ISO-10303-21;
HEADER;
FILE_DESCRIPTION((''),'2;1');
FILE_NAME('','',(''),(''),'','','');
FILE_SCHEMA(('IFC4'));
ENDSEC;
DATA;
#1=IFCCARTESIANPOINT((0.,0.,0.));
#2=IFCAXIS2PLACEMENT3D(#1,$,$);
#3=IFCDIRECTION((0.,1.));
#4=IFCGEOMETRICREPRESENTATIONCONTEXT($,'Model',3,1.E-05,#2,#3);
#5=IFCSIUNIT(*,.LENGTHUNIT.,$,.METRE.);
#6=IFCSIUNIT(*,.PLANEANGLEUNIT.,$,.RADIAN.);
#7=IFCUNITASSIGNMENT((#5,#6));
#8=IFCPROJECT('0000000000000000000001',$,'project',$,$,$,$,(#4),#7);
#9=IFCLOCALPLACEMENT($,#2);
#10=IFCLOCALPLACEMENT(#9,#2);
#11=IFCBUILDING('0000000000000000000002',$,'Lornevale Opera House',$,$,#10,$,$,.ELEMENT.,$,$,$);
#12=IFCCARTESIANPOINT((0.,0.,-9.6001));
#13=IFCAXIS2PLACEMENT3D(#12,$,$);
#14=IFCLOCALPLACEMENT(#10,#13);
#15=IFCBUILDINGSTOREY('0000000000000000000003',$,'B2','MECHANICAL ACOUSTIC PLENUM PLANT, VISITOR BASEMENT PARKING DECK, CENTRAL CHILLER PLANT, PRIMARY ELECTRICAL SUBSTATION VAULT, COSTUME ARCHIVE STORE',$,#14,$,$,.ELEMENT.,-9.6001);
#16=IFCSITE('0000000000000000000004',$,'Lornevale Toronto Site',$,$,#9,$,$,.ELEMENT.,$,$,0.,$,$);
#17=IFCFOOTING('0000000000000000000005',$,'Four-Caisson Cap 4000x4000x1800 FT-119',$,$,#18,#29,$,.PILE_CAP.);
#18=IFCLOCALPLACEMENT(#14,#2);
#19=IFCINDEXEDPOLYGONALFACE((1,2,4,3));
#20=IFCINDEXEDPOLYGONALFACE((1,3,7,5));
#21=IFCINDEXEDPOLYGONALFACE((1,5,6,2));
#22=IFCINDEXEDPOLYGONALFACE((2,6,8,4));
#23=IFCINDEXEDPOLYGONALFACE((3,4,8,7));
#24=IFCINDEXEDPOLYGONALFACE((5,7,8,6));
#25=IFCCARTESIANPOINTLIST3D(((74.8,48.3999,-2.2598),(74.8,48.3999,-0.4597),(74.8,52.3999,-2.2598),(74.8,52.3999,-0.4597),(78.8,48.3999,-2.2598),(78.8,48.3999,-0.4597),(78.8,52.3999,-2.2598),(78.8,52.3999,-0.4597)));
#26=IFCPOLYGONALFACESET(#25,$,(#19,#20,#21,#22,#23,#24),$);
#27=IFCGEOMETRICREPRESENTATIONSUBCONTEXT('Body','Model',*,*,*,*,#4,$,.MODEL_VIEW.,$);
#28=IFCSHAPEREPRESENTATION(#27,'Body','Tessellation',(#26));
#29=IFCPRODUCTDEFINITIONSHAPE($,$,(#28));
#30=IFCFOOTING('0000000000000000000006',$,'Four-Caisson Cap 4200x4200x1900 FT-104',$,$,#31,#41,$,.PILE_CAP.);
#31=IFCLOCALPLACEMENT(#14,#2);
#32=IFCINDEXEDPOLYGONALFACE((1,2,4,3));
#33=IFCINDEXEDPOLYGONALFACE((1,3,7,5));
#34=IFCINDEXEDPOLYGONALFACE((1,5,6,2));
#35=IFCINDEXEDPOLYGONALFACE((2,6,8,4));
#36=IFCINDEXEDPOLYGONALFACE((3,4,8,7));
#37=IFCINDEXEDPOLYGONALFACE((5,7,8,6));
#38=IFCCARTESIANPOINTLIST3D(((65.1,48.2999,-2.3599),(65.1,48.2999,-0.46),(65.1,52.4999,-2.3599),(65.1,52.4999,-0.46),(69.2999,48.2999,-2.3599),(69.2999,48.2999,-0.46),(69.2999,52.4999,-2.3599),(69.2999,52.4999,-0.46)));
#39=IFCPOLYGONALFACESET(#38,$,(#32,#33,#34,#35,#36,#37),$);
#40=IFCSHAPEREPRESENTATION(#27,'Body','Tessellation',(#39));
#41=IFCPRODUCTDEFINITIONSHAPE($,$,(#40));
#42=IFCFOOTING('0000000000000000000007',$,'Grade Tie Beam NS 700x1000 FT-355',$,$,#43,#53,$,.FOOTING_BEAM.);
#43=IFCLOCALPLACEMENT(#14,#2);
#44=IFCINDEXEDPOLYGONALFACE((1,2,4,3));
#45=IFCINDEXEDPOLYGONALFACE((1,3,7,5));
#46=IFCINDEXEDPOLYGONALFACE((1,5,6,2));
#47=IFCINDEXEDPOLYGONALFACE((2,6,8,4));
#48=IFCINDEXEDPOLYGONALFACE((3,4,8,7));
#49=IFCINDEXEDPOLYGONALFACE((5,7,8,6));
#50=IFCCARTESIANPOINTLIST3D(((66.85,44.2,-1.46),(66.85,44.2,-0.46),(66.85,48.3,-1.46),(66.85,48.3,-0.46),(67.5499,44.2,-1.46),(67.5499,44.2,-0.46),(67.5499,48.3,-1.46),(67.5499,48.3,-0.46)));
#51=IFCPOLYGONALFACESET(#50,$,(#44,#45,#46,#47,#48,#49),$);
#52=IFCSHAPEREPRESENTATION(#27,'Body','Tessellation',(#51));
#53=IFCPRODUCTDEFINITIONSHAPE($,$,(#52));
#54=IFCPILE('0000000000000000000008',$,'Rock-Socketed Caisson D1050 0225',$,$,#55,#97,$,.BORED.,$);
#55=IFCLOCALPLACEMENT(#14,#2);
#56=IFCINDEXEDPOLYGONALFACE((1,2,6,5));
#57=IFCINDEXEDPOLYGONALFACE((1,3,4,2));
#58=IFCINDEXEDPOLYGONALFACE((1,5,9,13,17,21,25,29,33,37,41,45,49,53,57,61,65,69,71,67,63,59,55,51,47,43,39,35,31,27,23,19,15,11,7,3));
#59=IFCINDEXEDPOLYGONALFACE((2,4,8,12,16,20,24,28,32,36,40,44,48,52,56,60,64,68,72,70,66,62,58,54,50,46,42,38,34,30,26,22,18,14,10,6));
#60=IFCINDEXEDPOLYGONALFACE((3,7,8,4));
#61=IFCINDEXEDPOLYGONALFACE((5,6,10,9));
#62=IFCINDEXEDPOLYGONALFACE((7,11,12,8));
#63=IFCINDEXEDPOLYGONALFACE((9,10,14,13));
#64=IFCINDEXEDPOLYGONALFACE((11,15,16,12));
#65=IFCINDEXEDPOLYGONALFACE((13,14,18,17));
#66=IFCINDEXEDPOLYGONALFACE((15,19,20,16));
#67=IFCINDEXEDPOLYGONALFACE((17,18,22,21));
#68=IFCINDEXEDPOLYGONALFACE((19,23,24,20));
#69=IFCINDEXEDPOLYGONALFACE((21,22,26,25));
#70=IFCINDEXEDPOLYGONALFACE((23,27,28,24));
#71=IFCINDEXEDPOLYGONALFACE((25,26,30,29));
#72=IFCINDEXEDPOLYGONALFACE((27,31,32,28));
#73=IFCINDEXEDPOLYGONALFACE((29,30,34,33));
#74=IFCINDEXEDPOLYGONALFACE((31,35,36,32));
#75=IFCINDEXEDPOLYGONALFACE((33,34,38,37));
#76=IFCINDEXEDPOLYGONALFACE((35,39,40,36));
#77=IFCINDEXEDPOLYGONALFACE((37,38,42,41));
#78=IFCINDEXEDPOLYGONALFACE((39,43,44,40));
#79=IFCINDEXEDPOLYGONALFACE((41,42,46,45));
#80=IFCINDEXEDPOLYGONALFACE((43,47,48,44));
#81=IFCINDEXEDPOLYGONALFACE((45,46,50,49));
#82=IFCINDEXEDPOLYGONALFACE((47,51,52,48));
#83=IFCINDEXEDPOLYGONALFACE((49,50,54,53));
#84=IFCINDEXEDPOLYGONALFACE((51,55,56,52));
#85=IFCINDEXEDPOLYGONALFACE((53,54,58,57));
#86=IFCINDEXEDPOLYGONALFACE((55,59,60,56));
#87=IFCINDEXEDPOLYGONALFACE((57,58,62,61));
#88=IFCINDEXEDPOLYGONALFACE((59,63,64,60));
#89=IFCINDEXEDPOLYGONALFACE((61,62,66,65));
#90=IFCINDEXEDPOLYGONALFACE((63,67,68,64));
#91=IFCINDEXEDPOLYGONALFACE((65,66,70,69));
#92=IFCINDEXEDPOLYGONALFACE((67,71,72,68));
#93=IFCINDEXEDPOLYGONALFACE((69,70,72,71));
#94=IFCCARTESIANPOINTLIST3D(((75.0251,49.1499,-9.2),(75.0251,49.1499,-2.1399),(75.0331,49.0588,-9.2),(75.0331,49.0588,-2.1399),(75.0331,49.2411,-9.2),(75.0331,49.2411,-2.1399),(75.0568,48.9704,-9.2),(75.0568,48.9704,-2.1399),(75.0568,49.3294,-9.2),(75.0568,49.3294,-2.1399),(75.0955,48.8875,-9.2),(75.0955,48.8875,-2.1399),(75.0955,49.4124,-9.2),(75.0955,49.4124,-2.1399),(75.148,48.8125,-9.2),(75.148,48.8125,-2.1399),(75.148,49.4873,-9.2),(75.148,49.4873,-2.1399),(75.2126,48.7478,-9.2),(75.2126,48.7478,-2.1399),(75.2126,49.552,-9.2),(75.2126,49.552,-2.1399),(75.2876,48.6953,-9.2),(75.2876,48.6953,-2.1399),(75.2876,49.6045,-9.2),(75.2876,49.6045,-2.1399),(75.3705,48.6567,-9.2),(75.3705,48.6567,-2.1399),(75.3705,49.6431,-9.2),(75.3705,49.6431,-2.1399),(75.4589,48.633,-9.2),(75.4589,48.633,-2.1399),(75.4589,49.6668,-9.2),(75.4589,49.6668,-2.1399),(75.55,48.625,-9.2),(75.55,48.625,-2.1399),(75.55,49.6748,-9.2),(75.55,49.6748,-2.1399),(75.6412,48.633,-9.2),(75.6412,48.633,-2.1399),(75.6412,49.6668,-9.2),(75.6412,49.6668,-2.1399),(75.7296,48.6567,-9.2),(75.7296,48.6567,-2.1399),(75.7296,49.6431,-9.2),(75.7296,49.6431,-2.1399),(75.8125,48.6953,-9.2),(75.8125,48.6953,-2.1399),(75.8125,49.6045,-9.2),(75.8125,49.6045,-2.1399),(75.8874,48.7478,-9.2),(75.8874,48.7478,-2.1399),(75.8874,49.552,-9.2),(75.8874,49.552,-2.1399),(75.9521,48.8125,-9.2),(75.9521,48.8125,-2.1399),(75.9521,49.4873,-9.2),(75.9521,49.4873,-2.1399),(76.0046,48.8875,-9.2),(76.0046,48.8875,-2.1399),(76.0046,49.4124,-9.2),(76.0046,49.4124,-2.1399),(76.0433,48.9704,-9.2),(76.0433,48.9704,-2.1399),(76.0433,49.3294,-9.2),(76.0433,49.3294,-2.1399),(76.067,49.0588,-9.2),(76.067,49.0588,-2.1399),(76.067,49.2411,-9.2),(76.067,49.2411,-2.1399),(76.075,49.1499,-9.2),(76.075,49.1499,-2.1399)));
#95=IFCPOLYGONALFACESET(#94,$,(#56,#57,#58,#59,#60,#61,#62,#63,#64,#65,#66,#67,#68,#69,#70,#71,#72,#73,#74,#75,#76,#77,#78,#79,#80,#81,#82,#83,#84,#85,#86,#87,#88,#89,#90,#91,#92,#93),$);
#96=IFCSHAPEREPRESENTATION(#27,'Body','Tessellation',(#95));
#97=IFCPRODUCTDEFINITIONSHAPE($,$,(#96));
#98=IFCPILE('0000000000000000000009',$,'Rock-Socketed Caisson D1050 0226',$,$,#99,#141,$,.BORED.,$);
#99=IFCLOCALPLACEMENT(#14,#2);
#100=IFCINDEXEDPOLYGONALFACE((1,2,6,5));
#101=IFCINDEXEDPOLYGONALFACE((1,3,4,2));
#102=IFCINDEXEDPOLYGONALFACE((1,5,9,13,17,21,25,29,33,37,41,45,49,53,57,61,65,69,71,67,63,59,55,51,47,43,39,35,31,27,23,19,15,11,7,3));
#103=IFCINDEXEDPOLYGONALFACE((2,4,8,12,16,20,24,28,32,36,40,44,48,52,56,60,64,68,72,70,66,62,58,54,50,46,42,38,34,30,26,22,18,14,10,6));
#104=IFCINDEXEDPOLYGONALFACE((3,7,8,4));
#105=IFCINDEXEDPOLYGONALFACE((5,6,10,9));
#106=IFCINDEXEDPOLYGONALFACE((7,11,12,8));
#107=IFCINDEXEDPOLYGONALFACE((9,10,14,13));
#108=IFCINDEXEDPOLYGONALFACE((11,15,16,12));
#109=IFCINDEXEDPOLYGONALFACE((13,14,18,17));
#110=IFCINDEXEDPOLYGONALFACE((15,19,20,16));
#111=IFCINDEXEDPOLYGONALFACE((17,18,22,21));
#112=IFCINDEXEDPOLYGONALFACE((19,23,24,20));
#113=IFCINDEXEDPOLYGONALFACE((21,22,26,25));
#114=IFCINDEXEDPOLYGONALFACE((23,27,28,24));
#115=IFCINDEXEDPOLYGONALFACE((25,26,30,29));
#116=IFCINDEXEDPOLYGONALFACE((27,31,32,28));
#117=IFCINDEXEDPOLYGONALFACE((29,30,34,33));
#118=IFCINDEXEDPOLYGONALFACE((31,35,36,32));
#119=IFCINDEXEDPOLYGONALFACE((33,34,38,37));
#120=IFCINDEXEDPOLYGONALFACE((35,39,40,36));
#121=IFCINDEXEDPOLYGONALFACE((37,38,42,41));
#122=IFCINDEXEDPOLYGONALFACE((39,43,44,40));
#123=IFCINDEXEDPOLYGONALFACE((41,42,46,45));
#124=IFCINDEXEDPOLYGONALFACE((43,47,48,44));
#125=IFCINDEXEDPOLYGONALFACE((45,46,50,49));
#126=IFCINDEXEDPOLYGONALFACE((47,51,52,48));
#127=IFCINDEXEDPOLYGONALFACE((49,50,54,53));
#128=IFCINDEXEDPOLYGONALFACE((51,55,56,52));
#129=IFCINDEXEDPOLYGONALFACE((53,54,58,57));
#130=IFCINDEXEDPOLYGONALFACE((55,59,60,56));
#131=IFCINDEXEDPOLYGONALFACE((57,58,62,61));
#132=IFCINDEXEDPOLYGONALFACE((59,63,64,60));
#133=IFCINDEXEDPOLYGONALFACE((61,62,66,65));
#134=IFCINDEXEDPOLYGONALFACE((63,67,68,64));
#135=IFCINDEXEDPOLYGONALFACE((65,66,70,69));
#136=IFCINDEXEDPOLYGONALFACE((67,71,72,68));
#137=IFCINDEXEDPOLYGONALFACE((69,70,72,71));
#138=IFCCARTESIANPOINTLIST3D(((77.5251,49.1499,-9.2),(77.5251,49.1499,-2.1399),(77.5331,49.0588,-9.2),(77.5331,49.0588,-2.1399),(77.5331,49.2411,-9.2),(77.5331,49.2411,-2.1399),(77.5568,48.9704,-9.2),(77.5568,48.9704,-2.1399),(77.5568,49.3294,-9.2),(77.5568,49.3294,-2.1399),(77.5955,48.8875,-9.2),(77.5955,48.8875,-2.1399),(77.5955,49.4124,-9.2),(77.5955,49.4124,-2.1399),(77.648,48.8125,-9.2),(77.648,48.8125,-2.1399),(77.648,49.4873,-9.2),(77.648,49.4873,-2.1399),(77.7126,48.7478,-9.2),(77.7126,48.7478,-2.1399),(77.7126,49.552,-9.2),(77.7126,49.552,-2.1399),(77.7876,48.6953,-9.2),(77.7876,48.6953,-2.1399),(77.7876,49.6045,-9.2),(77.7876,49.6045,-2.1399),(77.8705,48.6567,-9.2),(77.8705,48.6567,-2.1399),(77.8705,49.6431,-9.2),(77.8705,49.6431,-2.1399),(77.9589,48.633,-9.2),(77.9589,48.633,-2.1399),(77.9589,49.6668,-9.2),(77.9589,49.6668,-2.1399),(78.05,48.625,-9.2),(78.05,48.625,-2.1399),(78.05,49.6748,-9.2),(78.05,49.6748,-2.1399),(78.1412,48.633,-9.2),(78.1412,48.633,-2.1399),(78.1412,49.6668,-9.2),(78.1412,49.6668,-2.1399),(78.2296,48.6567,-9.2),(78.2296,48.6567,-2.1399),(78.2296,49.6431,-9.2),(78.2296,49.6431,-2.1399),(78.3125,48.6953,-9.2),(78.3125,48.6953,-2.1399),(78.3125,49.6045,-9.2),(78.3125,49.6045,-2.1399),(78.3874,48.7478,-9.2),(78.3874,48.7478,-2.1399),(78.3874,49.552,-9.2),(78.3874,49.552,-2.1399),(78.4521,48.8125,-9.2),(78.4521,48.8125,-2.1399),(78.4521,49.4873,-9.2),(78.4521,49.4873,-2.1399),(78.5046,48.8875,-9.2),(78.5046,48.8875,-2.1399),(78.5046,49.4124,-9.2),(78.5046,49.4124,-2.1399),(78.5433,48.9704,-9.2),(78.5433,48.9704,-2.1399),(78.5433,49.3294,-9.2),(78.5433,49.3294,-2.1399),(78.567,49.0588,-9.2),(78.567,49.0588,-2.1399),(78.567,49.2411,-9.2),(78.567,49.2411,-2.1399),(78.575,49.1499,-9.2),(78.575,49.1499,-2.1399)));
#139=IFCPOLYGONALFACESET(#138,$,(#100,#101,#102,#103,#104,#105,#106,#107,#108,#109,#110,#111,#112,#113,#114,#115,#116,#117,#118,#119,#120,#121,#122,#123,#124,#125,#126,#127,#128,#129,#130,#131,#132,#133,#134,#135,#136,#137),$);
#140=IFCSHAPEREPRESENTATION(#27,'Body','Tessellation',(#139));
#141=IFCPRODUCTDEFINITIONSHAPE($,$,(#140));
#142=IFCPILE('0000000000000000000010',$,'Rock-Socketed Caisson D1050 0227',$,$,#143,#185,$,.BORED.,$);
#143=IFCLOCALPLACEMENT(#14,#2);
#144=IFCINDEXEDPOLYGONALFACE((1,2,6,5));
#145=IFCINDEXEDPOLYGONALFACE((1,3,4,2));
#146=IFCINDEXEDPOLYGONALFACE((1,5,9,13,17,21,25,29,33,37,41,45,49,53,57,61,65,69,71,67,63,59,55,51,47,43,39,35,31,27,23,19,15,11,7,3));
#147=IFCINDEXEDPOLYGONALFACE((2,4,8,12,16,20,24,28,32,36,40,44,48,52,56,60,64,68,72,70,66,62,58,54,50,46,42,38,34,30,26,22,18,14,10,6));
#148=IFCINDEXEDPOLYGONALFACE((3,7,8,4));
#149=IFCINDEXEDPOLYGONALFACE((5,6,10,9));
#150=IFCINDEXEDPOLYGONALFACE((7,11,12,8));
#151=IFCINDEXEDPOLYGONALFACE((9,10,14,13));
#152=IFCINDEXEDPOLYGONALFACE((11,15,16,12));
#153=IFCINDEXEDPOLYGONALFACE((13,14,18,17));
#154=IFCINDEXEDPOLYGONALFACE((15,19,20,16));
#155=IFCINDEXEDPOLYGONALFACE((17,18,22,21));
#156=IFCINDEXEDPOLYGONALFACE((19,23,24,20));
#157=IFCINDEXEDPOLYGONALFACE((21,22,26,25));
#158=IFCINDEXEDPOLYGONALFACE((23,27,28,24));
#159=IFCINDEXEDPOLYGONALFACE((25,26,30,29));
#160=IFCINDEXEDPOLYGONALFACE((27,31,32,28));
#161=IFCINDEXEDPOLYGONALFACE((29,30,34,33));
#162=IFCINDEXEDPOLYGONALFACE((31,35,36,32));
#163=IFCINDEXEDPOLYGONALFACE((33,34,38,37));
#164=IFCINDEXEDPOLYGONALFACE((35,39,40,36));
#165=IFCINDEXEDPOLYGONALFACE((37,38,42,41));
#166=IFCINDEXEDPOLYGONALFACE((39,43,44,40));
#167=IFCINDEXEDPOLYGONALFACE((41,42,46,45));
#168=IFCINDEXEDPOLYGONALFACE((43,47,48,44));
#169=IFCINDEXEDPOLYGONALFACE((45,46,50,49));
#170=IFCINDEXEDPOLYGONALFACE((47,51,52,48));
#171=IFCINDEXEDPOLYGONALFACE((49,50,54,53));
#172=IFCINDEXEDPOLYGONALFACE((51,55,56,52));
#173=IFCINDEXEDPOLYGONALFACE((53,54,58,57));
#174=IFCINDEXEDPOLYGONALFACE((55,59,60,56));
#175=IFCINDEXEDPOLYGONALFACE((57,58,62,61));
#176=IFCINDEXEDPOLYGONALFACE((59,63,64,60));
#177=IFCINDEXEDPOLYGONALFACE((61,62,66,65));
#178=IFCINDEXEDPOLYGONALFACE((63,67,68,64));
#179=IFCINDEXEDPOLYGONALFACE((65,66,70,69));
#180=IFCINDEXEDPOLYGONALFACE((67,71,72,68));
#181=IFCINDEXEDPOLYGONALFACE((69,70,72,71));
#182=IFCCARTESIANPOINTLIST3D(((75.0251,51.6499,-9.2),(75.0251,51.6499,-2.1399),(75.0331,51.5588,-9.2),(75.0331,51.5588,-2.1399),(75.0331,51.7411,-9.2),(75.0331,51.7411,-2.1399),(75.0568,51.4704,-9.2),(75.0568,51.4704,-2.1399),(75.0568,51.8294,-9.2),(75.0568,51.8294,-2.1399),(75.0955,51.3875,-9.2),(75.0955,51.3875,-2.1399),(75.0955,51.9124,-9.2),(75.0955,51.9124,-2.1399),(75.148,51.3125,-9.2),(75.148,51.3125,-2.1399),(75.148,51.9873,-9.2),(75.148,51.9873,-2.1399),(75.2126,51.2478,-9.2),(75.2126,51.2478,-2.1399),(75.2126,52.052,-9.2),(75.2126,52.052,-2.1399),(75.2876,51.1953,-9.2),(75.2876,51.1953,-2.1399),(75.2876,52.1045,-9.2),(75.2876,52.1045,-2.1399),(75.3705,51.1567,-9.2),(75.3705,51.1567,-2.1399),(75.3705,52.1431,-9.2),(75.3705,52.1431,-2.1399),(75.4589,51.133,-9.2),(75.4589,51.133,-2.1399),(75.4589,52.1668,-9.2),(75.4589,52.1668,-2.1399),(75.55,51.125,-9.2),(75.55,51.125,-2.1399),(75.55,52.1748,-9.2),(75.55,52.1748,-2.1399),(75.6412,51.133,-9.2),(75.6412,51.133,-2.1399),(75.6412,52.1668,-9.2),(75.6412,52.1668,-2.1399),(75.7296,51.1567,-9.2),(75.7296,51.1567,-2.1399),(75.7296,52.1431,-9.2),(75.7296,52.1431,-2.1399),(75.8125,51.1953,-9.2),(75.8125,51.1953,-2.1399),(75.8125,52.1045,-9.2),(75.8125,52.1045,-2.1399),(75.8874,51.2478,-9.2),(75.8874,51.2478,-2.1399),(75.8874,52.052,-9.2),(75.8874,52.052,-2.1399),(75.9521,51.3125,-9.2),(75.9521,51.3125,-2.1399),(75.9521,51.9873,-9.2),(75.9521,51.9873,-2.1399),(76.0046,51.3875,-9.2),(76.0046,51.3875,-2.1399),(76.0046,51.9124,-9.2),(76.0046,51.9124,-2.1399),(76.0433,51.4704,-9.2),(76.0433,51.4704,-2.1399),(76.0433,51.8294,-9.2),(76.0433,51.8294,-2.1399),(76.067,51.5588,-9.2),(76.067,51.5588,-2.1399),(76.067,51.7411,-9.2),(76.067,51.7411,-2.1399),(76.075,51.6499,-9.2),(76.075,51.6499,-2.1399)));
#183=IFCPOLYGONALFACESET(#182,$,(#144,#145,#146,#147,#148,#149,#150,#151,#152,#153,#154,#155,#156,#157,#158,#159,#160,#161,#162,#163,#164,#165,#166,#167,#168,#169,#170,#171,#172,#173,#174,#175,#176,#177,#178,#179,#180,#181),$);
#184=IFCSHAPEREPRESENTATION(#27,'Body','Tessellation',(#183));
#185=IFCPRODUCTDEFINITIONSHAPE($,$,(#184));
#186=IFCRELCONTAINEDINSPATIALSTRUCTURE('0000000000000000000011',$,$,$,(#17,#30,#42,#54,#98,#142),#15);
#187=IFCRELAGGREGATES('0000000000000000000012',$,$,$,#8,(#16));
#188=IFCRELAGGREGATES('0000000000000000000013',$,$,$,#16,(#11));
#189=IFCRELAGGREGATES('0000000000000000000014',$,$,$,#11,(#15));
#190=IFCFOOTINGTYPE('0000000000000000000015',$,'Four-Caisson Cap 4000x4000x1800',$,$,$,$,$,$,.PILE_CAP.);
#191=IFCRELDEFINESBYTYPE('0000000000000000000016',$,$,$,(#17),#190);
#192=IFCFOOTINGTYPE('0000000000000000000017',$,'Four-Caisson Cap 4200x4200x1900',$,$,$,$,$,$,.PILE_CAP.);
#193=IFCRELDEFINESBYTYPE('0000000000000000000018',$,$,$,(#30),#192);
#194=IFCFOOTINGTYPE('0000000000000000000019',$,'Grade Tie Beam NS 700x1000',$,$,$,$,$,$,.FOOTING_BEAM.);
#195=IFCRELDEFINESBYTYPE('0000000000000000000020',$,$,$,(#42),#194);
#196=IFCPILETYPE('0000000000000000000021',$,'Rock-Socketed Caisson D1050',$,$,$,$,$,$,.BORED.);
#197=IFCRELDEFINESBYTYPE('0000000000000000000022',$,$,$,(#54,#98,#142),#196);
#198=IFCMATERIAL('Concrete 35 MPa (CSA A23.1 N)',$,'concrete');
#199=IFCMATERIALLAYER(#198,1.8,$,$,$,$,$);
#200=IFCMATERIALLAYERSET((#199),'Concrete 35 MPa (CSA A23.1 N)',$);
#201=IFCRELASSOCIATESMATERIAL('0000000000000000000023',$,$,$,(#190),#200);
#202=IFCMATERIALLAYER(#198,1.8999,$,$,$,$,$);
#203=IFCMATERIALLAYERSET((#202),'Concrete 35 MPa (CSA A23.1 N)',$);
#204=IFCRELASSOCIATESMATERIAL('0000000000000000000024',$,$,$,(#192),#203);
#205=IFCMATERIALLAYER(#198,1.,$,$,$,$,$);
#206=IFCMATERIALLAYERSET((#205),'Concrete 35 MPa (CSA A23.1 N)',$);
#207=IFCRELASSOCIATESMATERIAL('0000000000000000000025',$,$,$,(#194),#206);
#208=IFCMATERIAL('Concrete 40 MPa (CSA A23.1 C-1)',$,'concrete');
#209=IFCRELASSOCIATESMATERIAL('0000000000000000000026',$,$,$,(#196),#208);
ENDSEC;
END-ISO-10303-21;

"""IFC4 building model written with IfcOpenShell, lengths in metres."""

from ifc_helpers import new_model, si_unit, direction, frame, origin, origin_2d, place, context, subcontext, project, spatial, rectangle, circle, extrude, material, layer, layer_set, material_profile, profile_set, type_object, element, save


model = new_model("IFC4")

# Units and contexts
model_context = context("Model", 3, precision=1e-05, world=origin(), true_north=direction((0.0, 1.0)))
body_context = subcontext(model_context, "Body", "Model", "MODEL_VIEW")
ifc_project = project(units=[si_unit("LENGTHUNIT", "METRE"), si_unit("PLANEANGLEUNIT", "RADIAN")], contexts=[model_context])

# Site, building, storey
site_placement = place(None, origin())
site = spatial("IfcSite", under=ifc_project, at=site_placement, Name="Lornevale Toronto Site", CompositionType="ELEMENT", RefElevation=0.0)
building_placement = place(site_placement, origin())
building = spatial("IfcBuilding", under=site, at=building_placement, Name="Lornevale Opera House", CompositionType="ELEMENT")
storey_placement = place(building_placement, frame((0.0, 0.0, -9.6001)))
storey = spatial("IfcBuildingStorey", under=building, at=storey_placement, Name="B2", Description="MECHANICAL ACOUSTIC PLENUM PLANT, VISITOR BASEMENT PARKING DECK, CENTRAL CHILLER PLANT, PRIMARY ELECTRICAL SUBSTATION VAULT, COSTUME ARCHIVE STORE", CompositionType="ELEMENT", Elevation=-9.6001)

# Footings
ifc_material_1 = material(Name="Concrete 35 MPa (CSA A23.1 N)", Category="concrete")
ifc_layer_1 = layer(ifc_material_1, 1.8)
ifc_layer_set_1 = layer_set([ifc_layer_1], Name="Concrete 35 MPa (CSA A23.1 N)")
footing_type_1 = type_object("IfcFootingType", Name="Four-Caisson Cap 4000x4000x1800", PredefinedType="PILE_CAP", material=ifc_layer_set_1)
footing_1_placement = place(storey_placement, frame((76.8, 50.3999, -2.2598), z_axis=(0.0, 0.0, 1.0), x_axis=(1.0, 0.0, 0.0)))
element("IfcFooting", 1, at=footing_1_placement, inside=storey, type_object=footing_type_1, Name="Four-Caisson Cap 4000x4000x1800 FT-119", PredefinedType="PILE_CAP", context=body_context, shape_type="SweptSolid", body=[
    extrude(rectangle(XDim=4.0, YDim=4.0, at=origin_2d()), origin(), (0.0, 0.0, 1.0), 1.8),
])
ifc_layer_2 = layer(ifc_material_1, 1.8999)
ifc_layer_set_2 = layer_set([ifc_layer_2], Name="Concrete 35 MPa (CSA A23.1 N)")
footing_type_2 = type_object("IfcFootingType", Name="Four-Caisson Cap 4200x4200x1900", PredefinedType="PILE_CAP", material=ifc_layer_set_2)
footing_2_placement = place(storey_placement, frame((67.2, 50.3999, -2.3599), z_axis=(0.0, 0.0, 1.0), x_axis=(1.0, 0.0, 0.0)))
element("IfcFooting", 2, at=footing_2_placement, inside=storey, type_object=footing_type_2, Name="Four-Caisson Cap 4200x4200x1900 FT-104", PredefinedType="PILE_CAP", context=body_context, shape_type="SweptSolid", body=[
    extrude(rectangle(XDim=4.2, YDim=4.2, at=origin_2d()), origin(), (0.0, 0.0, 1.0), 1.8999),
])
ifc_layer_3 = layer(ifc_material_1, 1.0)
ifc_layer_set_3 = layer_set([ifc_layer_3], Name="Concrete 35 MPa (CSA A23.1 N)")
footing_type_3 = type_object("IfcFootingType", Name="Grade Tie Beam NS 700x1000", PredefinedType="FOOTING_BEAM", material=ifc_layer_set_3)
footing_3_placement = place(storey_placement, frame((67.2, 46.25, -1.46), z_axis=(0.0, 0.0, 1.0), x_axis=(1.0, 0.0, 0.0)))
element("IfcFooting", 3, at=footing_3_placement, inside=storey, type_object=footing_type_3, Name="Grade Tie Beam NS 700x1000 FT-355", PredefinedType="FOOTING_BEAM", context=body_context, shape_type="SweptSolid", body=[
    extrude(rectangle(XDim=0.7, YDim=4.1001, at=origin_2d()), origin(), (0.0, 0.0, 1.0), 1.0),
])

# Piles
ifc_material_2 = material(Name="Concrete 40 MPa (CSA A23.1 C-1)", Category="concrete")
ifc_material_profile_1 = material_profile(ifc_material_2, circle(Radius=0.5249, at=origin_2d()), Name="CAIS1050")
ifc_profile_set_1 = profile_set([ifc_material_profile_1], Name="Concrete 40 MPa (CSA A23.1 C-1)")
pile_type_1 = type_object("IfcPileType", Name="Rock-Socketed Caisson D1050", PredefinedType="BORED", material=ifc_profile_set_1)
for number, where, z_axis, x_axis, name in (
    (4, (75.55, 49.1499, -2.1399), (0.0, 0.0, -1.0), (1.0, 0.0, 0.0), "Rock-Socketed Caisson D1050 0225"),
    (5, (78.05, 49.1499, -2.1399), (0.0, 0.0, -1.0), (1.0, 0.0, 0.0), "Rock-Socketed Caisson D1050 0226"),
    (6, (75.55, 51.6499, -2.1399), (0.0, 0.0, -1.0), (1.0, 0.0, 0.0), "Rock-Socketed Caisson D1050 0227"),
):
    element("IfcPile", number, at=place(storey_placement, frame(where, z_axis=z_axis, x_axis=x_axis)), inside=storey, type_object=pile_type_1, Name=name, PredefinedType="BORED", context=body_context, shape_type="SweptSolid", body=[
        extrude(circle(Radius=0.5249, at=origin_2d()), origin(), (0.0, 0.0, 1.0), 7.0601),
    ])

save(model, "model.ifc")
